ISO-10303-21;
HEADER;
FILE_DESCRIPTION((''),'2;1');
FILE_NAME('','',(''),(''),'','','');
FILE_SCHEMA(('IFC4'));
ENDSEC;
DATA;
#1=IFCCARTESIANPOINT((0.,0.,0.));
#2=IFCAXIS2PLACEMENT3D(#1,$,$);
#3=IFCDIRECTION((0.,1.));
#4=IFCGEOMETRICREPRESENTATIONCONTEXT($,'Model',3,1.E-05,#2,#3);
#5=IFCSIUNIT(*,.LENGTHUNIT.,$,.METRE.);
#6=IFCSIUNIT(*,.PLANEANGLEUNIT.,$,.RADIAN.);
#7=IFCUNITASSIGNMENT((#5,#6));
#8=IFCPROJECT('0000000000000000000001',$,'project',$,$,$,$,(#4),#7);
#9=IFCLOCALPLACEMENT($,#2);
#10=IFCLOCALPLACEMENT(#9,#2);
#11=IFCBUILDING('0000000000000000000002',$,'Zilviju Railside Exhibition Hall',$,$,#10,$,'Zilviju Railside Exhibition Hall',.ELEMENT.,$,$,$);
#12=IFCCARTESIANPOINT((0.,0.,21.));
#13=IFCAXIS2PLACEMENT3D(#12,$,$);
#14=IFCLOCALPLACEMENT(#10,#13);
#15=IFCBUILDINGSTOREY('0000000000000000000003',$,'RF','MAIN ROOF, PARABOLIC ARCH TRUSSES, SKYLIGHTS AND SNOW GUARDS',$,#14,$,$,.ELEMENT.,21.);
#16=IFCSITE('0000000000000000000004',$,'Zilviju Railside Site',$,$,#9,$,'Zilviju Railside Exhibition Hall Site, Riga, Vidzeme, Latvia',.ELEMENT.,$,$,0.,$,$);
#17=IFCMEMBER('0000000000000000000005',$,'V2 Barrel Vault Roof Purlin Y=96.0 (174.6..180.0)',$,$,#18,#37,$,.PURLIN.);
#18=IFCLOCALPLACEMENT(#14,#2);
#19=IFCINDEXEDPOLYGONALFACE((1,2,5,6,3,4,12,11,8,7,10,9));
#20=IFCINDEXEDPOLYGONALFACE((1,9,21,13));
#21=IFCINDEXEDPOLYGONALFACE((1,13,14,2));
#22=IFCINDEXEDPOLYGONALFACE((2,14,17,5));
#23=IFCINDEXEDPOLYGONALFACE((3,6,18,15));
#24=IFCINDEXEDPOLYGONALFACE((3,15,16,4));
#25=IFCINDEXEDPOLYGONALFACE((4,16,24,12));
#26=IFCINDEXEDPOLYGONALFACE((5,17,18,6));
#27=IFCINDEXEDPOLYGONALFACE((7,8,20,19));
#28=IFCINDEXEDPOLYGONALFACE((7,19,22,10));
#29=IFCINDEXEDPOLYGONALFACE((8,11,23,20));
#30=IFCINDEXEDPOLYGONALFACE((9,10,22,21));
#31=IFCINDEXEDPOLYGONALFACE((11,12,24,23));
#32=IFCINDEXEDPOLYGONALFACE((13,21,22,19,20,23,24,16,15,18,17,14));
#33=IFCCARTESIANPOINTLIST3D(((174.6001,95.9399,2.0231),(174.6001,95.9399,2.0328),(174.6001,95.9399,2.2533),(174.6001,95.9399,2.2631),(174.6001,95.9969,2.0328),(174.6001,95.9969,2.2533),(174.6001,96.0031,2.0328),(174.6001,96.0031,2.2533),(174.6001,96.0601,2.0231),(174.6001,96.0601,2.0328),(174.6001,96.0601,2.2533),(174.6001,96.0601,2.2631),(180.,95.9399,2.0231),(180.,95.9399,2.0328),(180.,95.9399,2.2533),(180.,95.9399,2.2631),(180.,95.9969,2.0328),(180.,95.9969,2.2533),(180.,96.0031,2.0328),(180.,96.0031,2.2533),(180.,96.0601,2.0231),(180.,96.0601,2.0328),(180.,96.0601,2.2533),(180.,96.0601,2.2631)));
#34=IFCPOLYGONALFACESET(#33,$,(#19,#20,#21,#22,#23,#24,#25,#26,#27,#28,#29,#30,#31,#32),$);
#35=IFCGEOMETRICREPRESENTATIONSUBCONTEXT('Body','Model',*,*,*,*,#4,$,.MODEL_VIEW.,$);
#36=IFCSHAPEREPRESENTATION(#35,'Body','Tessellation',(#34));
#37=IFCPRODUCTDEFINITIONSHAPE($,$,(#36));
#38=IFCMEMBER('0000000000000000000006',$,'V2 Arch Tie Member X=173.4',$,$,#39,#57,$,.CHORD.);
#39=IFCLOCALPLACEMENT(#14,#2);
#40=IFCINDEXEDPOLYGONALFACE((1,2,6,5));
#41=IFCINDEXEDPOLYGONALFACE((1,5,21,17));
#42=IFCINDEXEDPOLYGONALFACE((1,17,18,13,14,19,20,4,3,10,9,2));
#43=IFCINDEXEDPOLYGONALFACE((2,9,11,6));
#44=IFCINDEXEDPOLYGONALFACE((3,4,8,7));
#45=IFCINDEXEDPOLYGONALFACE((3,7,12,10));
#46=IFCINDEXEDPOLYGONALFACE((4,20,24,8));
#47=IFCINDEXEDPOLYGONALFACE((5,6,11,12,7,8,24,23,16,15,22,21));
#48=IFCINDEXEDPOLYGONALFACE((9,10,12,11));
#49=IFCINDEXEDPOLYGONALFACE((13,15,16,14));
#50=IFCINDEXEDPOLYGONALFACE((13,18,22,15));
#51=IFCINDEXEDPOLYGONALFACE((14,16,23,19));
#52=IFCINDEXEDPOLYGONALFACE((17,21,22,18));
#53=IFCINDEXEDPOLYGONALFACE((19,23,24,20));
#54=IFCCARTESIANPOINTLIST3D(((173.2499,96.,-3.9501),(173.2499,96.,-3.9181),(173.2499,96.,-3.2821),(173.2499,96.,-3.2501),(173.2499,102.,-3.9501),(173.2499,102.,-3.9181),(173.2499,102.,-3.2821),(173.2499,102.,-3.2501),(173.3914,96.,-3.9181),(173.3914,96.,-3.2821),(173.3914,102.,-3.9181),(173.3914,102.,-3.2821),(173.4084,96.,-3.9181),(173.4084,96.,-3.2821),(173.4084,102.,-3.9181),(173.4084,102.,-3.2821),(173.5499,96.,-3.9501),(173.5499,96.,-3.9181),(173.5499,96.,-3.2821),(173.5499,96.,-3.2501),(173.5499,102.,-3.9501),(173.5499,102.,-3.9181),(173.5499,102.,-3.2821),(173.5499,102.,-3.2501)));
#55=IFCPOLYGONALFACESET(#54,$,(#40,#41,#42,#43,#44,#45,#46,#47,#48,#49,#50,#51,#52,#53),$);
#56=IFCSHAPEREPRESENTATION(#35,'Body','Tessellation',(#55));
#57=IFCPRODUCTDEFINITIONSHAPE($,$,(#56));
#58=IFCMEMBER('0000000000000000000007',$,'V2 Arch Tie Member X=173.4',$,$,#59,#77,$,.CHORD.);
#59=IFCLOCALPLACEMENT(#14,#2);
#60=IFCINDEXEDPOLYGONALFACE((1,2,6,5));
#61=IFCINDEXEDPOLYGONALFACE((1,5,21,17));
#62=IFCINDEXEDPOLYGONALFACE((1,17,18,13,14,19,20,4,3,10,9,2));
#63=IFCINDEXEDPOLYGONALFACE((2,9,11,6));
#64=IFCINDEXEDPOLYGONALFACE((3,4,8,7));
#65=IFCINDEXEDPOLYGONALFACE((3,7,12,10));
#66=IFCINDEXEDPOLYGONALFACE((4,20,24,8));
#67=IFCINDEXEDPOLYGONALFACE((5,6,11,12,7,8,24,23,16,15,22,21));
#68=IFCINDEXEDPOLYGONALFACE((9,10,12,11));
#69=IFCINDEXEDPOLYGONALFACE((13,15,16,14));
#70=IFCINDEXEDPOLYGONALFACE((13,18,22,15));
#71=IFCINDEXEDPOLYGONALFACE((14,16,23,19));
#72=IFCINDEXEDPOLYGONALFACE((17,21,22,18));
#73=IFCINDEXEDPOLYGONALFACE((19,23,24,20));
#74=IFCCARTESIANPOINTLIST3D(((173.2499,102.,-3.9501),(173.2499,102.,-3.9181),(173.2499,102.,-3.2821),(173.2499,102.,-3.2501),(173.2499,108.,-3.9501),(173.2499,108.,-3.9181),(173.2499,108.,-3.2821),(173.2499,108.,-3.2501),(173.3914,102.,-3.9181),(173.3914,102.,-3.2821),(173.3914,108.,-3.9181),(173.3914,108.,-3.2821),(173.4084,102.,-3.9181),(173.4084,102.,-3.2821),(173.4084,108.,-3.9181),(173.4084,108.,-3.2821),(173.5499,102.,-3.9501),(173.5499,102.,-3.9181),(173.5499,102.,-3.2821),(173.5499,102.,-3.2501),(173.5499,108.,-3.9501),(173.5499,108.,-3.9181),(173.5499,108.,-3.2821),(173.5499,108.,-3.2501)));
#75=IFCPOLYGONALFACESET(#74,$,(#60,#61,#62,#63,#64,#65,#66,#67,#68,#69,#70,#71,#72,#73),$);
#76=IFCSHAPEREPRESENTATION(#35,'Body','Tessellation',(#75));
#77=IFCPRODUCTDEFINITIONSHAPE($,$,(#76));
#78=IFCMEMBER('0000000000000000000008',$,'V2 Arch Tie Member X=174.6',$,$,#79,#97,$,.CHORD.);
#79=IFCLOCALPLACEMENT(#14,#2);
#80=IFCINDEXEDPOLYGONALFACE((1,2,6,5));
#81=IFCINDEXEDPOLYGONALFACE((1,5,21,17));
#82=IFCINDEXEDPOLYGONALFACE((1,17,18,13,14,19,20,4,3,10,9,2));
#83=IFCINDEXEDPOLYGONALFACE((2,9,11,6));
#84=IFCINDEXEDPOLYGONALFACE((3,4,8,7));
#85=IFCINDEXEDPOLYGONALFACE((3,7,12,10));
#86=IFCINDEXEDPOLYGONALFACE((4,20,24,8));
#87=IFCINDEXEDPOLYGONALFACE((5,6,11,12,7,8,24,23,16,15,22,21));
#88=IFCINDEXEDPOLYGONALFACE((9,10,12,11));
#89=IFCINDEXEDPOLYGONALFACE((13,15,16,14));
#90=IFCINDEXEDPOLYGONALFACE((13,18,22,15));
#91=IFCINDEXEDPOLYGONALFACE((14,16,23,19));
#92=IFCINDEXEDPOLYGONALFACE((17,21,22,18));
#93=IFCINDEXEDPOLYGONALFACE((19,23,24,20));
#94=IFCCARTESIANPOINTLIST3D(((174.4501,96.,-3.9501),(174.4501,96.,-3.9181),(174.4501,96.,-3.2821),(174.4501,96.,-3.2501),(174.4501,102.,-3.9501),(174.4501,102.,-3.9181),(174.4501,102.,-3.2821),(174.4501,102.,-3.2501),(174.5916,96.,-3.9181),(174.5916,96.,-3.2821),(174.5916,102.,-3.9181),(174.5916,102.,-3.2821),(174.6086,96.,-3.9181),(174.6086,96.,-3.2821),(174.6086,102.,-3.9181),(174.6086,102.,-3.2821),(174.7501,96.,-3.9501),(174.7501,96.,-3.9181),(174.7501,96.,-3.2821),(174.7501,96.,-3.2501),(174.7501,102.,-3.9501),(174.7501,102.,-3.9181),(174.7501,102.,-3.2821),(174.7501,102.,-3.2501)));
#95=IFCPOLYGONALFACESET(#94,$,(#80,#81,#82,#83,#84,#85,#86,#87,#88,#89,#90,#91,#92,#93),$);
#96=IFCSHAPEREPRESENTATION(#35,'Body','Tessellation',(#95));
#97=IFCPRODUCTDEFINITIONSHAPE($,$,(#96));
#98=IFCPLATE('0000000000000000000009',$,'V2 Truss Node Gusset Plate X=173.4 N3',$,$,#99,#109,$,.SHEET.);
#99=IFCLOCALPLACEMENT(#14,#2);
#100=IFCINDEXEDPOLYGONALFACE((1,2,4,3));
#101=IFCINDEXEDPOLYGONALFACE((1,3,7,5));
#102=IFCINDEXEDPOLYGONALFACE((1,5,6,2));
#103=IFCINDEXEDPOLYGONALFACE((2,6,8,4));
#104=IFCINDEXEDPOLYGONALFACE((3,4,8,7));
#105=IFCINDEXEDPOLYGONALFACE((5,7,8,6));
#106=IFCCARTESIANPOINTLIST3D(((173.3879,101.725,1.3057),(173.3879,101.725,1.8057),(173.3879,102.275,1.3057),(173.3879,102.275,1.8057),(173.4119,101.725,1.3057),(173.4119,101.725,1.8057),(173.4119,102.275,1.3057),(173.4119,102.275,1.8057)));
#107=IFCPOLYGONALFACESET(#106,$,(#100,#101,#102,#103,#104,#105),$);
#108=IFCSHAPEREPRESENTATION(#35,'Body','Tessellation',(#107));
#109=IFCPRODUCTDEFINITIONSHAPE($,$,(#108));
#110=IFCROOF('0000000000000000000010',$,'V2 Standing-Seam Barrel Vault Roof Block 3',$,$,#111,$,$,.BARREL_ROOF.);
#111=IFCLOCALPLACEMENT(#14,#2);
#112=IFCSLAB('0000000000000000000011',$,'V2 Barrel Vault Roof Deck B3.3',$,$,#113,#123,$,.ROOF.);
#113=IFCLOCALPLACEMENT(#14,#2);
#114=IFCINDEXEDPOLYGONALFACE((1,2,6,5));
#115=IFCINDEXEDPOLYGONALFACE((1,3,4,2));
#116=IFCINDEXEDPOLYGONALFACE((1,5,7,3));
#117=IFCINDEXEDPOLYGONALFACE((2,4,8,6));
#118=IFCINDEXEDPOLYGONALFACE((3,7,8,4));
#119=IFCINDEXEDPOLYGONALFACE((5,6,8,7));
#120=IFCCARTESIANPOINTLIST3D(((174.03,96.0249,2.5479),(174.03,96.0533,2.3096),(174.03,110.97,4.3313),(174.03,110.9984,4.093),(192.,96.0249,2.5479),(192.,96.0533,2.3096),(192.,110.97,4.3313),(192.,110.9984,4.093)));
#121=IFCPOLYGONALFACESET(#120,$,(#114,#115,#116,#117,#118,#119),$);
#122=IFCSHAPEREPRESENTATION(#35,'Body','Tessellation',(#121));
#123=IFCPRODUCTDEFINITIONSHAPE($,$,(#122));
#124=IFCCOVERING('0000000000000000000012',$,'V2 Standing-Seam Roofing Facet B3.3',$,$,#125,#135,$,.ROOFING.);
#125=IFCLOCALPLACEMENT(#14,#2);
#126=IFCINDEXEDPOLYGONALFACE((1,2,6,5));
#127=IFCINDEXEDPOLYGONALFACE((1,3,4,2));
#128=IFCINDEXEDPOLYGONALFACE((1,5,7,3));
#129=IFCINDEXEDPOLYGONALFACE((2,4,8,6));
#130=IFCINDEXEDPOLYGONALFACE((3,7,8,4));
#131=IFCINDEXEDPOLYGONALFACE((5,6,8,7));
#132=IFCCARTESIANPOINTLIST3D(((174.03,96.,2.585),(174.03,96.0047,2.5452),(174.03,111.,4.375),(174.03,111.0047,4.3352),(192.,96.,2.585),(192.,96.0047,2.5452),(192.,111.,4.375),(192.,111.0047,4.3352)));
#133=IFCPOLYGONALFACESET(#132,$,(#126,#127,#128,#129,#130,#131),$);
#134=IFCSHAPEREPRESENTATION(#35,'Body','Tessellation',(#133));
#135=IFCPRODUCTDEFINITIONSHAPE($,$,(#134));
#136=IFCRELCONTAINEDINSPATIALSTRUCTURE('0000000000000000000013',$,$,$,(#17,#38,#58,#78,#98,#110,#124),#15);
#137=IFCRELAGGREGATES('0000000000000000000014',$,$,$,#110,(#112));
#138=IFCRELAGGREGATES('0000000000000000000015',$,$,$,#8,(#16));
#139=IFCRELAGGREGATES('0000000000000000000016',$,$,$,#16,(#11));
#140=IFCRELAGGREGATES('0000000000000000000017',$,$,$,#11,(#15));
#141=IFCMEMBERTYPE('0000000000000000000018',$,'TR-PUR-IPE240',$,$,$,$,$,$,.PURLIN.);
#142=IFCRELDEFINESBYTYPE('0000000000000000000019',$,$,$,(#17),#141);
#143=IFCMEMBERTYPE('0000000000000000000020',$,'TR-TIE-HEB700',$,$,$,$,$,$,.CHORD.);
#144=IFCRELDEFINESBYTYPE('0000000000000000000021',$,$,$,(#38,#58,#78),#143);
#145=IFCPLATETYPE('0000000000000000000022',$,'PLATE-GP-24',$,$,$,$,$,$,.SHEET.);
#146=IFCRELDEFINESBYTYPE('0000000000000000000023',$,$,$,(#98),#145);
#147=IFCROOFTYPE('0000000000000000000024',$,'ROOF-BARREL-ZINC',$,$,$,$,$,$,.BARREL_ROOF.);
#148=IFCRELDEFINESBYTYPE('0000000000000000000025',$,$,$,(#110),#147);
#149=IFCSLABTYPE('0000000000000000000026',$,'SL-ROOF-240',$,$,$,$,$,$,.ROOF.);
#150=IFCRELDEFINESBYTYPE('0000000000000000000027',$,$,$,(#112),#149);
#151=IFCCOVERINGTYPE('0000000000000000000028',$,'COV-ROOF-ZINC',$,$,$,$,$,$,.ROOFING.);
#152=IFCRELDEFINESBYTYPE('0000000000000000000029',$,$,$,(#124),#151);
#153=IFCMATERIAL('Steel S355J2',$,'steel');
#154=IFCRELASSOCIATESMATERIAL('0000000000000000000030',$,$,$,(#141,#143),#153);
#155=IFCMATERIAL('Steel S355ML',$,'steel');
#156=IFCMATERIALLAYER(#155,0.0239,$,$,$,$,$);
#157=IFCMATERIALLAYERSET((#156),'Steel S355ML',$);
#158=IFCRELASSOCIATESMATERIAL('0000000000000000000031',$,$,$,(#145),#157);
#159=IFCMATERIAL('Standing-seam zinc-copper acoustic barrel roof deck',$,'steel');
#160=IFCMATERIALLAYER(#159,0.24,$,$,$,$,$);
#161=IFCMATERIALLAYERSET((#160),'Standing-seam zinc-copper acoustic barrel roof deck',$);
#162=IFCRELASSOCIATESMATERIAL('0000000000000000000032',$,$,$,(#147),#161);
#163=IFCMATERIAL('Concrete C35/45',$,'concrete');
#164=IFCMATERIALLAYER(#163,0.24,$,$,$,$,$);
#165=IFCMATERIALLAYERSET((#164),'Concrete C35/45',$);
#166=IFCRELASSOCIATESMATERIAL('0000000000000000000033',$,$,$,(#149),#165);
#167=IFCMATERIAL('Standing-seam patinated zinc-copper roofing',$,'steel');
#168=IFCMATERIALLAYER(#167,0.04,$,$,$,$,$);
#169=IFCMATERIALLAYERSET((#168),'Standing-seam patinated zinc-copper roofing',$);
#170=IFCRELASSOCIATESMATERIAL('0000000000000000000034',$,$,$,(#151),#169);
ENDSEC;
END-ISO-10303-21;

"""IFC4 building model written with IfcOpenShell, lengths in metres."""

from ifc_helpers import new_model, si_unit, direction, frame, origin, origin_2d, place, context, subcontext, project, spatial, polyline, rectangle, i_section, outline, extrude, material, layer, layer_set, material_profile, profile_set, type_object, element, aggregate, save


model = new_model("IFC4")

# Units and contexts
model_context = context("Model", 3, precision=1e-05, world=origin(), true_north=direction((0.0, 1.0)))
body_context = subcontext(model_context, "Body", "Model", "MODEL_VIEW")
ifc_project = project(units=[si_unit("LENGTHUNIT", "METRE"), si_unit("PLANEANGLEUNIT", "RADIAN")], contexts=[model_context])

# Site, building, storey
site_placement = place(None, origin())
site = spatial("IfcSite", under=ifc_project, at=site_placement, Name="Zilviju Railside Site", LongName="Zilviju Railside Exhibition Hall Site, Riga, Vidzeme, Latvia", CompositionType="ELEMENT", RefElevation=0.0)
building_placement = place(site_placement, origin())
building = spatial("IfcBuilding", under=site, at=building_placement, Name="Zilviju Railside Exhibition Hall", LongName="Zilviju Railside Exhibition Hall", CompositionType="ELEMENT")
storey_placement = place(building_placement, frame((0.0, 0.0, 21.0)))
storey = spatial("IfcBuildingStorey", under=building, at=storey_placement, Name="RF", Description="MAIN ROOF, PARABOLIC ARCH TRUSSES, SKYLIGHTS AND SNOW GUARDS", CompositionType="ELEMENT", Elevation=21.0)

# Members
ifc_material_1 = material(Name="Steel S355J2", Category="steel")
ifc_material_profile_1 = material_profile(ifc_material_1, i_section(OverallWidth=0.1201, OverallDepth=0.24, WebThickness=0.0061, FlangeThickness=0.0098, at=origin_2d()), Name="IPE 240")
ifc_profile_set_1 = profile_set([ifc_material_profile_1], Name="Steel S355J2")
member_type_1 = type_object("IfcMemberType", Name="TR-PUR-IPE240", PredefinedType="PURLIN", material=ifc_profile_set_1)
member_1_placement = place(storey_placement, frame((174.6001, 96.0, 2.1431), z_axis=(1.0, 0.0, 0.0), x_axis=(0.0, 1.0, 0.0)))
element("IfcMember", 1, at=member_1_placement, inside=storey, type_object=member_type_1, Name="V2 Barrel Vault Roof Purlin Y=96.0 (174.6..180.0)", PredefinedType="PURLIN", context=body_context, shape_type="SweptSolid", body=[
    extrude(i_section(OverallWidth=0.1201, OverallDepth=0.24, WebThickness=0.0061, FlangeThickness=0.0098, at=origin_2d()), origin(), (0.0, 0.0, 1.0), 5.3999),
])
ifc_material_profile_2 = material_profile(ifc_material_1, i_section(OverallWidth=0.3, OverallDepth=0.7, WebThickness=0.0171, FlangeThickness=0.032, at=origin_2d()), Name="HEB 700")
ifc_profile_set_2 = profile_set([ifc_material_profile_2], Name="Steel S355J2")
member_type_2 = type_object("IfcMemberType", Name="TR-TIE-HEB700", PredefinedType="CHORD", material=ifc_profile_set_2)
for number, where, z_axis, x_axis, name in (
    (2, (173.3999, 96.0, -3.6001), (0.0, 1.0, 0.0), (-1.0, 0.0, 0.0), "V2 Arch Tie Member X=173.4"),
    (3, (173.3999, 102.0, -3.6001), (0.0, 1.0, 0.0), (-1.0, 0.0, 0.0), "V2 Arch Tie Member X=173.4"),
    (4, (174.6001, 96.0, -3.6001), (0.0, 1.0, 0.0), (-1.0, 0.0, 0.0), "V2 Arch Tie Member X=174.6"),
):
    element("IfcMember", number, at=place(storey_placement, frame(where, z_axis=z_axis, x_axis=x_axis)), inside=storey, type_object=member_type_2, Name=name, PredefinedType="CHORD", context=body_context, shape_type="SweptSolid", body=[
        extrude(i_section(OverallWidth=0.3, OverallDepth=0.7, WebThickness=0.0171, FlangeThickness=0.032, at=origin_2d()), origin(), (0.0, 0.0, 1.0), 6.0),
    ])

# Plate
ifc_material_2 = material(Name="Steel S355ML", Category="steel")
ifc_layer_1 = layer(ifc_material_2, 0.0239)
ifc_layer_set_1 = layer_set([ifc_layer_1], Name="Steel S355ML")
plate_type = type_object("IfcPlateType", Name="PLATE-GP-24", PredefinedType="SHEET", material=ifc_layer_set_1)
plate_placement = place(storey_placement, frame((173.3999, 102.0, 1.3057), z_axis=(0.0, 0.0, 1.0), x_axis=(1.0, 0.0, 0.0)))
element("IfcPlate", 5, at=plate_placement, inside=storey, type_object=plate_type, Name="V2 Truss Node Gusset Plate X=173.4 N3", PredefinedType="SHEET", context=body_context, shape_type="SweptSolid", body=[
    extrude(rectangle(XDim=0.0239, YDim=0.55, at=origin_2d()), origin(), (0.0, 0.0, 1.0), 0.5),
])

# Roof, slab
ifc_material_3 = material(Name="Standing-seam zinc-copper acoustic barrel roof deck", Category="steel")
ifc_layer_2 = layer(ifc_material_3, 0.24)
ifc_layer_set_2 = layer_set([ifc_layer_2], Name="Standing-seam zinc-copper acoustic barrel roof deck")
roof_type = type_object("IfcRoofType", Name="ROOF-BARREL-ZINC", PredefinedType="BARREL_ROOF", material=ifc_layer_set_2)
roof_placement = place(storey_placement, origin())
roof = element("IfcRoof", 6, at=roof_placement, inside=storey, type_object=roof_type, Name="V2 Standing-Seam Barrel Vault Roof Block 3", PredefinedType="BARREL_ROOF")
ifc_material_4 = material(Name="Concrete C35/45", Category="concrete")
ifc_layer_3 = layer(ifc_material_4, 0.24)
ifc_layer_set_3 = layer_set([ifc_layer_3], Name="Concrete C35/45")
slab_type = type_object("IfcSlabType", Name="SL-ROOF-240", PredefinedType="ROOF", material=ifc_layer_set_3)
slab_placement = place(storey_placement, frame((174.03, 96.0249, 2.5479), z_axis=(0.0, -0.118493, 0.992955), x_axis=(1.0, 0.0, 0.0)))
slab = element("IfcSlab", 7, at=slab_placement, type_object=slab_type, Name="V2 Barrel Vault Roof Deck B3.3", PredefinedType="ROOF", context=body_context, shape_type="SweptSolid", body=[
    extrude(outline(polyline([(0.0, 0.0), (17.97, 0.0), (17.97, 15.0511), (0.0, 15.0511), (0.0, 0.0)])), origin(), (0.0, 0.0, -1.0), 0.24),
])
aggregate(roof, [slab])

# Covering
ifc_material_5 = material(Name="Standing-seam patinated zinc-copper roofing", Category="steel")
ifc_layer_4 = layer(ifc_material_5, 0.04)
ifc_layer_set_4 = layer_set([ifc_layer_4], Name="Standing-seam patinated zinc-copper roofing")
covering_type = type_object("IfcCoveringType", Name="COV-ROOF-ZINC", PredefinedType="ROOFING", material=ifc_layer_set_4)
covering_placement = place(storey_placement, frame((174.03, 96.0, 2.585), z_axis=(0.0, -0.118495, 0.992955), x_axis=(1.0, 0.0, 0.0)))
element("IfcCovering", 8, at=covering_placement, inside=storey, type_object=covering_type, Name="V2 Standing-Seam Roofing Facet B3.3", PredefinedType="ROOFING", context=body_context, shape_type="SweptSolid", body=[
    extrude(outline(polyline([(0.0, 0.0), (17.97, 0.0), (17.97, 15.1064), (0.0, 15.1064), (0.0, 0.0)])), origin(), (0.0, 0.0, -1.0), 0.04),
])

save(model, "model.ifc")
